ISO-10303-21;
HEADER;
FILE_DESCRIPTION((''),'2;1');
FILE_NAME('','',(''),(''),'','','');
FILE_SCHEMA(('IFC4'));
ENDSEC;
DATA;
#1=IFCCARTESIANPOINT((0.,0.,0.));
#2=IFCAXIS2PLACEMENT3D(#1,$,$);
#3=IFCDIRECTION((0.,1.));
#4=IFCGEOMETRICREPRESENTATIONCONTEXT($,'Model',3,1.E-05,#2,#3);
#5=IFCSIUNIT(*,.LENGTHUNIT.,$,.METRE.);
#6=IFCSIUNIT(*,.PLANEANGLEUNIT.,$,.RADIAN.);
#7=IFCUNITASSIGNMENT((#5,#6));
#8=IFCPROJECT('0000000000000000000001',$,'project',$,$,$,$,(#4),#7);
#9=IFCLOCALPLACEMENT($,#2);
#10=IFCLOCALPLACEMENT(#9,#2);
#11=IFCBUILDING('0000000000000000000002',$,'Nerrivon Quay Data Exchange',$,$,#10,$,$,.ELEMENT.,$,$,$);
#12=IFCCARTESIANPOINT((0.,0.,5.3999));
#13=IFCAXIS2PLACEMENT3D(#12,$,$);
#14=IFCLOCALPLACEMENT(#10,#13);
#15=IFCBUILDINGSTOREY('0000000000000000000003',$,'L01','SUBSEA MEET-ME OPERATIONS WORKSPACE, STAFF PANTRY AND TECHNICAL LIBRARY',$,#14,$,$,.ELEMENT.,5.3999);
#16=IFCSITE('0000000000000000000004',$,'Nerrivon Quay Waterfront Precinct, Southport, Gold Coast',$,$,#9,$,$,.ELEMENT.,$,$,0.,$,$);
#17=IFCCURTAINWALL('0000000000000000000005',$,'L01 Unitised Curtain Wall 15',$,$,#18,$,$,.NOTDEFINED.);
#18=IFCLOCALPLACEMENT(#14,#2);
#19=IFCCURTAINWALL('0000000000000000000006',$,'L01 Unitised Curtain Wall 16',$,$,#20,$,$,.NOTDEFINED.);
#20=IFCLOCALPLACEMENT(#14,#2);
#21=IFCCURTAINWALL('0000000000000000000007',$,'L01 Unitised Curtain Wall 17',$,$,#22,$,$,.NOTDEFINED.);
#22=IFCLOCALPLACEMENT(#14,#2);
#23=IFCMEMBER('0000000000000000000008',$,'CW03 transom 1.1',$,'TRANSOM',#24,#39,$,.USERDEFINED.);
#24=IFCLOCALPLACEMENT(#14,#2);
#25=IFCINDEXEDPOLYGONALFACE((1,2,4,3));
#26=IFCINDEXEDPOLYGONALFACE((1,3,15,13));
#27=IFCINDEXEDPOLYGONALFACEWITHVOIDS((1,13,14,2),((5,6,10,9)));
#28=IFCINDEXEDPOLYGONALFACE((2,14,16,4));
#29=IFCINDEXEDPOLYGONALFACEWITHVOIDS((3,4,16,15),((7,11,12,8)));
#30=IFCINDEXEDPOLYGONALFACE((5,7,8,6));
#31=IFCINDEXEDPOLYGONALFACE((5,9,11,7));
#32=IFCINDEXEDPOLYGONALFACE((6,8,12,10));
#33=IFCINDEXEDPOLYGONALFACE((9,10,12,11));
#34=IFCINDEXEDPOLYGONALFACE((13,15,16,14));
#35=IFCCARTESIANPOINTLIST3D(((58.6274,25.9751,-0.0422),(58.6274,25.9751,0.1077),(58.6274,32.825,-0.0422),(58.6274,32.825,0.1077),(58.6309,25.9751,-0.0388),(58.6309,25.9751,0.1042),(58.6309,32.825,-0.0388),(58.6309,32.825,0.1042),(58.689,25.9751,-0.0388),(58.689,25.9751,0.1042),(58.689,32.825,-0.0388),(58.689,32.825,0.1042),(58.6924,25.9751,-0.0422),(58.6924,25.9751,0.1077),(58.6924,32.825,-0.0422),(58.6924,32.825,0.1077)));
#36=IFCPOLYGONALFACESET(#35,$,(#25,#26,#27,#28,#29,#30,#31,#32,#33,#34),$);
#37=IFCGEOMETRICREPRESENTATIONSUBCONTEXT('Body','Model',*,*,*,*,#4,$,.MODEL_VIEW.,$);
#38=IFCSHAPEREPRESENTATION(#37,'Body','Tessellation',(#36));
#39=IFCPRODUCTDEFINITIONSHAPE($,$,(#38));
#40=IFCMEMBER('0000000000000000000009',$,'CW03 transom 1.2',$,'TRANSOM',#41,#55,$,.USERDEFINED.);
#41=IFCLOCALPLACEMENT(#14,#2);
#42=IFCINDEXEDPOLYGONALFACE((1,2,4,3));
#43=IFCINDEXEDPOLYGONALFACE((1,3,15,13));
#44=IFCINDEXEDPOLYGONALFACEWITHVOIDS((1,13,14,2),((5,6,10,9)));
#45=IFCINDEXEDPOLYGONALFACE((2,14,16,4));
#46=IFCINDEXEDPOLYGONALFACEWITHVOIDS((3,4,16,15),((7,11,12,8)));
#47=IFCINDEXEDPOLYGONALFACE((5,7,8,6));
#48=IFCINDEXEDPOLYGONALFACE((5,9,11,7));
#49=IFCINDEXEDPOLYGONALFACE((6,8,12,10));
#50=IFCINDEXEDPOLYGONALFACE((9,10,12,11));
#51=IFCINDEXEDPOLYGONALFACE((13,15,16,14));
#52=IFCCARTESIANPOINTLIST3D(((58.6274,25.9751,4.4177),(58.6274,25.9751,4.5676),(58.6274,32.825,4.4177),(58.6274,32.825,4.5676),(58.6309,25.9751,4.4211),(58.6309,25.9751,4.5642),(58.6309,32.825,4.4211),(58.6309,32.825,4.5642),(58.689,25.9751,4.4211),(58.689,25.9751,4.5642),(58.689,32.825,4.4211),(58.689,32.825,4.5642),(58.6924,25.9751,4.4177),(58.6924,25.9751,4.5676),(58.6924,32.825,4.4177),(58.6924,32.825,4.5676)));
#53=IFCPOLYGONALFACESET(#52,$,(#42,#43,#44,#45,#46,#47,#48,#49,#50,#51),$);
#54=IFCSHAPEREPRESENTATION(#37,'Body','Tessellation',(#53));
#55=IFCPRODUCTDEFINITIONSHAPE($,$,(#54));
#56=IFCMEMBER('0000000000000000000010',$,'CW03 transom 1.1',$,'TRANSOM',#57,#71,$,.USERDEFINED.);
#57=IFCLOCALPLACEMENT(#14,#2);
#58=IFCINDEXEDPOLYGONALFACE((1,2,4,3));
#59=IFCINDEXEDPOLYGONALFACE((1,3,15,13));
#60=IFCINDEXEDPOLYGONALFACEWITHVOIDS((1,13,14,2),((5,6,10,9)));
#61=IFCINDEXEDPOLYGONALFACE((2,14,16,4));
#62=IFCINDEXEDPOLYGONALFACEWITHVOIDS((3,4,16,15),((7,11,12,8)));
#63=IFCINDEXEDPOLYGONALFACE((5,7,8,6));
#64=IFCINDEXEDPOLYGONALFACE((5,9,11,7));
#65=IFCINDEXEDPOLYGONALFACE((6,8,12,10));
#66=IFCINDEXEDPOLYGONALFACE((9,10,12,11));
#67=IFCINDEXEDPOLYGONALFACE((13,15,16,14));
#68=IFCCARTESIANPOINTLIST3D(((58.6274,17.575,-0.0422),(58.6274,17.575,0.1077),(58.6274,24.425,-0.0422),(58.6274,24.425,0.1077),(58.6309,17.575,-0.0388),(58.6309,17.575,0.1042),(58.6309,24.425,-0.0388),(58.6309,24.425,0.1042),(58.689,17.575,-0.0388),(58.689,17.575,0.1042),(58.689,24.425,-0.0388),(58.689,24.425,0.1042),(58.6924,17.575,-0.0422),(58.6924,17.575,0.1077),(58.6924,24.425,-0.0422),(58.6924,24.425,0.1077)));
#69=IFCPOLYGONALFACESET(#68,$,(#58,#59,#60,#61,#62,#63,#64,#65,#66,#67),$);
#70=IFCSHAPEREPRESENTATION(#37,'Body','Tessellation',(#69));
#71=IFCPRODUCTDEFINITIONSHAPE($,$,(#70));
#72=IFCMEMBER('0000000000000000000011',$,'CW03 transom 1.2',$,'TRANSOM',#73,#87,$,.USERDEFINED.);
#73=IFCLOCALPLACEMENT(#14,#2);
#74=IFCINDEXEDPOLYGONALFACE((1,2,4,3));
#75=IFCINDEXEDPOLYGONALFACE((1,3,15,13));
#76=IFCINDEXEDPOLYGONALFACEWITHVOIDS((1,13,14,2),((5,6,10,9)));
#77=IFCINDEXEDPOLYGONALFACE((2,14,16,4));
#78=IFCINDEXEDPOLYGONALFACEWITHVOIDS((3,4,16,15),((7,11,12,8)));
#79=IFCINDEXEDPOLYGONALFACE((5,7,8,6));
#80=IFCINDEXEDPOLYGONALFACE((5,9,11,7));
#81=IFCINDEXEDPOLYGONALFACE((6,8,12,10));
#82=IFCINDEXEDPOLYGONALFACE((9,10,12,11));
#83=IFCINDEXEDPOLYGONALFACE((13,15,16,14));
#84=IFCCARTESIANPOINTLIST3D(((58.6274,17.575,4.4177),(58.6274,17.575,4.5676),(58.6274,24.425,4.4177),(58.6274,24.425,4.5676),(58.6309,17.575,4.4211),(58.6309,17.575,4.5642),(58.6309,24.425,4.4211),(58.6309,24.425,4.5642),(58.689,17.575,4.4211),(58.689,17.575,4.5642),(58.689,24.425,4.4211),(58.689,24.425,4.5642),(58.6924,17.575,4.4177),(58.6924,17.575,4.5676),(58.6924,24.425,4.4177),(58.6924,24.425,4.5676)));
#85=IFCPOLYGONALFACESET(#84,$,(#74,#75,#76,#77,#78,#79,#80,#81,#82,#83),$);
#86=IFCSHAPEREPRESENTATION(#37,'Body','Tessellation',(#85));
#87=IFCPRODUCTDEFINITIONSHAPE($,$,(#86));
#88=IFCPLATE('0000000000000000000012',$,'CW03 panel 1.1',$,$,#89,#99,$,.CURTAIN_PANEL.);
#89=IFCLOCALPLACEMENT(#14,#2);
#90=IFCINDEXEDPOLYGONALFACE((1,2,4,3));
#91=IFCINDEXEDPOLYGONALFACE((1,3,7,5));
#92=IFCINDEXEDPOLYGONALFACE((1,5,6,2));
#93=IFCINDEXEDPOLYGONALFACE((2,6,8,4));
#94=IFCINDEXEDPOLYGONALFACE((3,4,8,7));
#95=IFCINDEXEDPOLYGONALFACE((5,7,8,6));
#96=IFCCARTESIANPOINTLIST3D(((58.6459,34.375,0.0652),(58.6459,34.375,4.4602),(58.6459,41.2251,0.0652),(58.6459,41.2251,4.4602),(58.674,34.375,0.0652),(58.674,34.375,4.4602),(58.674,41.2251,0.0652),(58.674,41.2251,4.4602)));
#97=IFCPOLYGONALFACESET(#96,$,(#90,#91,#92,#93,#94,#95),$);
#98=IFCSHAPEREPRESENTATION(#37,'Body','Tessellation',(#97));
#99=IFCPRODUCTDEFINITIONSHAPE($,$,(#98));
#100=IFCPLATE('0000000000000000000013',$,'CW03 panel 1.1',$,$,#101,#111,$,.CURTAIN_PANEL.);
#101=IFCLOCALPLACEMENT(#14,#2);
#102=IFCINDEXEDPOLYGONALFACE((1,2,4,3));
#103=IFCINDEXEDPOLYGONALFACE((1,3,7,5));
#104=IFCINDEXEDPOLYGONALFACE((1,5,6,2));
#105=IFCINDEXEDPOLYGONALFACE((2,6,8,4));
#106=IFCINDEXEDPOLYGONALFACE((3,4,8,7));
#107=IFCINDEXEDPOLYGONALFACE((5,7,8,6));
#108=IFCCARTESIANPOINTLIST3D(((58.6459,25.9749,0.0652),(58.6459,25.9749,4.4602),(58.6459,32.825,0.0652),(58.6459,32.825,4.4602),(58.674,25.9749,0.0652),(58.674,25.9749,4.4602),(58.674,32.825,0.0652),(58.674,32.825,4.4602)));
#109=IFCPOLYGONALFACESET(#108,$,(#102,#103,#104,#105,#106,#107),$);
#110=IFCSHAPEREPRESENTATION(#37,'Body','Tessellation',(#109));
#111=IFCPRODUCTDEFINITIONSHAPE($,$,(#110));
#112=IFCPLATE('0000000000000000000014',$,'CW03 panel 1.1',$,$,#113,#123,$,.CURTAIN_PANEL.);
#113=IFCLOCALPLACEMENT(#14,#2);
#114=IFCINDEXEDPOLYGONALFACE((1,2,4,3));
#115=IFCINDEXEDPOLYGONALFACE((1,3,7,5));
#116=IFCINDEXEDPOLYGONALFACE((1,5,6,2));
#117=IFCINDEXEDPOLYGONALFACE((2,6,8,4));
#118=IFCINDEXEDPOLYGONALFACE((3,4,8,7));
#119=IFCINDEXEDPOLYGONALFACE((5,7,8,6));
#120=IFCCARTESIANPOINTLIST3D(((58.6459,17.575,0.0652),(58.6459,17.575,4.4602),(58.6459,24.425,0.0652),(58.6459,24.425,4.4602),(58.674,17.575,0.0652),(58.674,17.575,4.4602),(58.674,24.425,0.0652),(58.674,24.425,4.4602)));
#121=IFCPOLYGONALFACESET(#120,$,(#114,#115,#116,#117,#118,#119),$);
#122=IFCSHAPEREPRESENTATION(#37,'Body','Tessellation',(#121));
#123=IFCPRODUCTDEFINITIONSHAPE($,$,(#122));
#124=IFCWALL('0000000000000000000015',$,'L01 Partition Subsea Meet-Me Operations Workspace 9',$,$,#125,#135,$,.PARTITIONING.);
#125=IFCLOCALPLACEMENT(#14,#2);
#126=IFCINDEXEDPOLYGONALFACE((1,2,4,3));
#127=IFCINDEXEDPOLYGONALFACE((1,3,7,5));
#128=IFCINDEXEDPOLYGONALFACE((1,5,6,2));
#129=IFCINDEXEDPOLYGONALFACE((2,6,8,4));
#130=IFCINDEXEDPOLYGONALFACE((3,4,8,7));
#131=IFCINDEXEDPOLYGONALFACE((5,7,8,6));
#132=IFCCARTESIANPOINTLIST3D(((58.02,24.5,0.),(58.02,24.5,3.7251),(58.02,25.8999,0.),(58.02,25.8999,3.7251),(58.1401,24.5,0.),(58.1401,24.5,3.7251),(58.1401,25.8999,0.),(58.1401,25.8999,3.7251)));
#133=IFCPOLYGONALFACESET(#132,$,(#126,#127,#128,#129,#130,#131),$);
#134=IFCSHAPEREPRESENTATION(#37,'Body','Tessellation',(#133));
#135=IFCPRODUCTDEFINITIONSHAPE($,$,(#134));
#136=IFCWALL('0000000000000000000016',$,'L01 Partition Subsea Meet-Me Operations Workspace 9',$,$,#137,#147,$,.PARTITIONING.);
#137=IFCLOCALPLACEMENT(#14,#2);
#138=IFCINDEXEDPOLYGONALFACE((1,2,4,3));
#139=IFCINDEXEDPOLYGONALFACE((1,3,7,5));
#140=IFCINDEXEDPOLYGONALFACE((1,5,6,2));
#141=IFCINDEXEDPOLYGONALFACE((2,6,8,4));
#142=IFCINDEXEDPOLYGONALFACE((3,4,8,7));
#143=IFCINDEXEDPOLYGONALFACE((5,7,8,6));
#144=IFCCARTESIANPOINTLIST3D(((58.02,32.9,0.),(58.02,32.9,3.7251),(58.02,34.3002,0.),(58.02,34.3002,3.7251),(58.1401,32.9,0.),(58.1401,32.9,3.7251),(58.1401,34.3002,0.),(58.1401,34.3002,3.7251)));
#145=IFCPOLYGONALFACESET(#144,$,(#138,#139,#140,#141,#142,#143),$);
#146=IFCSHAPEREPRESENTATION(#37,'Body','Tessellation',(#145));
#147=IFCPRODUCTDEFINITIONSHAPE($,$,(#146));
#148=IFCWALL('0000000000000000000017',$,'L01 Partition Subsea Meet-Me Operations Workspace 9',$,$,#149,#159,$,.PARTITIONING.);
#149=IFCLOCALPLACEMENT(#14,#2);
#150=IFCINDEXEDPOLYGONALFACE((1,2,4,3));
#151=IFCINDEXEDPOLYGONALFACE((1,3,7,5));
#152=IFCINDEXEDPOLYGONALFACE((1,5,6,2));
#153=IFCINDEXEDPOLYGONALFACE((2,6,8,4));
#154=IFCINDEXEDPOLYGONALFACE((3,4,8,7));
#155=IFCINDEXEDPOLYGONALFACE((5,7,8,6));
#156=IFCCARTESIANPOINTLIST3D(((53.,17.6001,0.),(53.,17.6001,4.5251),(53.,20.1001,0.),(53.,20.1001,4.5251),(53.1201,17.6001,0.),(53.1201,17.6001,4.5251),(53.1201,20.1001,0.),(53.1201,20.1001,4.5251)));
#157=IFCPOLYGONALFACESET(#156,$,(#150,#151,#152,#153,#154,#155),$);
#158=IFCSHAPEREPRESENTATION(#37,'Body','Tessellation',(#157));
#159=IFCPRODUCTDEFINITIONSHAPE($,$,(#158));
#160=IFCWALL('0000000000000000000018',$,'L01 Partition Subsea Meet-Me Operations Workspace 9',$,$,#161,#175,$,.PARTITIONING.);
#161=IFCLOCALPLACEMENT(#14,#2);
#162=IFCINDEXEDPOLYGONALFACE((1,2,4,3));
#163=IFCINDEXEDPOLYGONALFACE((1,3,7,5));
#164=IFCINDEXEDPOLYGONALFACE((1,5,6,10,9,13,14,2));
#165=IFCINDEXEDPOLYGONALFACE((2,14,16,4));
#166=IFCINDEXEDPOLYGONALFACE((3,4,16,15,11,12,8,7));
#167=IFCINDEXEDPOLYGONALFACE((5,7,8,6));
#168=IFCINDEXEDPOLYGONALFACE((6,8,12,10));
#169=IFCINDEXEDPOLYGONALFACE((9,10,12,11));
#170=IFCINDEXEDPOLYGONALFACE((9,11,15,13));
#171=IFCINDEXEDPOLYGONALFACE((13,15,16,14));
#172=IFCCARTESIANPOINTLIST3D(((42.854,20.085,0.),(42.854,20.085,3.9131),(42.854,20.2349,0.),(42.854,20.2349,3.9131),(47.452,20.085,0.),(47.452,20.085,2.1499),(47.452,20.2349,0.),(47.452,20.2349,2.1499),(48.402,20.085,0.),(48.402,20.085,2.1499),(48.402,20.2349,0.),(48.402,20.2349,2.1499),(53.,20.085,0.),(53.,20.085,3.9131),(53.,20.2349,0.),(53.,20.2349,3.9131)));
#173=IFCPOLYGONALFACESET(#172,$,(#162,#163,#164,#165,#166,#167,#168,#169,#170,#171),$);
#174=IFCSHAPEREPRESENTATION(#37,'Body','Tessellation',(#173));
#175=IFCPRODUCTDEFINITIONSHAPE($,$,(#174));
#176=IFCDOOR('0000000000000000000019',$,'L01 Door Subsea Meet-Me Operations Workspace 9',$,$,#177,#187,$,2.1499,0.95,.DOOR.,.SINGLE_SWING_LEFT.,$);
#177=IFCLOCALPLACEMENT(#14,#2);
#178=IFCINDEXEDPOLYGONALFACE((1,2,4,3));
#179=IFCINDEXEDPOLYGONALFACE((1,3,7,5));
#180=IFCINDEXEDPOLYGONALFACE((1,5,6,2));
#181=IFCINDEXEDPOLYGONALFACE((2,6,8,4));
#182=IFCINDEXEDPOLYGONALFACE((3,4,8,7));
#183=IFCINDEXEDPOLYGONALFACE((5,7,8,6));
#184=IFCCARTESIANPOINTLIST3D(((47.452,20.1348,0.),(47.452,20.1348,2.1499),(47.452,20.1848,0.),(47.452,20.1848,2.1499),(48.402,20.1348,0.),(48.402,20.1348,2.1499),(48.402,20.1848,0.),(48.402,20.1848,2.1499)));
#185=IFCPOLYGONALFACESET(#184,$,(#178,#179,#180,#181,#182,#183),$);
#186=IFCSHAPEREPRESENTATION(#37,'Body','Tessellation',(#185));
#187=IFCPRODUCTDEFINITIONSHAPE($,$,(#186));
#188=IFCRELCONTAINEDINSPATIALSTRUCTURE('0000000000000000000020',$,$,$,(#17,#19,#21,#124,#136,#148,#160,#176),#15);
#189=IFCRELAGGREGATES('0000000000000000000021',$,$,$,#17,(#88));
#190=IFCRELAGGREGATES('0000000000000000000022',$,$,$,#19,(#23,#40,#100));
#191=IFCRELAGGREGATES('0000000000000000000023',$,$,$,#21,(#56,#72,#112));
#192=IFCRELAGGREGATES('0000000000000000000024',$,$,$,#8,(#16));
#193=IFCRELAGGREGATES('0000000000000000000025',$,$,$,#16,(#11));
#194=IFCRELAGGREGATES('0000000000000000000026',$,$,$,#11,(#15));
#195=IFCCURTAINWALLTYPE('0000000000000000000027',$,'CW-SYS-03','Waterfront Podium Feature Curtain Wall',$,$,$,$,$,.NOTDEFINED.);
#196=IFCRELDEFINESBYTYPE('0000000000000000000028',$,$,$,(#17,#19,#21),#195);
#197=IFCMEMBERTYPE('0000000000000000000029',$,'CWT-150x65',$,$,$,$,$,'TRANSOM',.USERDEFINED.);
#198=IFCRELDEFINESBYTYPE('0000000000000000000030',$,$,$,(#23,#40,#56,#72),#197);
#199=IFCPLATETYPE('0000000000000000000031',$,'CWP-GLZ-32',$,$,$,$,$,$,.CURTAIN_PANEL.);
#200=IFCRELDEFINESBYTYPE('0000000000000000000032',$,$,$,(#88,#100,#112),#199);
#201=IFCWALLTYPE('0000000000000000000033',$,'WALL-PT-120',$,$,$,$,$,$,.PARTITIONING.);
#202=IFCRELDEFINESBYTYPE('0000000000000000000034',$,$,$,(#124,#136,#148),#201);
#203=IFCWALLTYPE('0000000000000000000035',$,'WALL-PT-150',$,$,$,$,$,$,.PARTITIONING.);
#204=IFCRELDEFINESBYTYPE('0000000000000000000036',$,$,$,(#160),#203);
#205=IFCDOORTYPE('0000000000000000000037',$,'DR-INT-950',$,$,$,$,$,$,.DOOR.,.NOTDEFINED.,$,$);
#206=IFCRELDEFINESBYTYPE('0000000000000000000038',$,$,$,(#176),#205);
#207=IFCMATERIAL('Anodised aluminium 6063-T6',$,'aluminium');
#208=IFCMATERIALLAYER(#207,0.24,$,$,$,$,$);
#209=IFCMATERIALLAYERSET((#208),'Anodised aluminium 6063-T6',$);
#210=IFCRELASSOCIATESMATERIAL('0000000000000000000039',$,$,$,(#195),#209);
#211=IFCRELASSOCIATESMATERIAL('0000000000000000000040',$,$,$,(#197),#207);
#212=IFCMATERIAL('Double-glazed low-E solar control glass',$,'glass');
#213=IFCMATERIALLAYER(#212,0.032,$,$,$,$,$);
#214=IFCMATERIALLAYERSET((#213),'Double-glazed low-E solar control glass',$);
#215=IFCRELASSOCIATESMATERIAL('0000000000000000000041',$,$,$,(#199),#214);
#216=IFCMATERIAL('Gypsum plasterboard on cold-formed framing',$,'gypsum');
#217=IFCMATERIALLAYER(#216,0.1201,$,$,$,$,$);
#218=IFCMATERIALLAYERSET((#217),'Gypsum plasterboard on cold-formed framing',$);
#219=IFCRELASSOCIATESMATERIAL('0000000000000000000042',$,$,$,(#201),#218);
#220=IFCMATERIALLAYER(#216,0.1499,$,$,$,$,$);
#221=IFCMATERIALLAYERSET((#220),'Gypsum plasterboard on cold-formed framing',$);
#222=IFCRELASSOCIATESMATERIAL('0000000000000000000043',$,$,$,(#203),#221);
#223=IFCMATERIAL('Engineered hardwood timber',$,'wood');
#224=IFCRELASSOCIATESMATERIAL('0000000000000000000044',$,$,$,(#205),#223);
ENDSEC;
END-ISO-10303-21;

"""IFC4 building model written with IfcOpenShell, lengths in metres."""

from ifc_helpers import new_model, si_unit, direction, frame, frame_2d, origin, origin_2d, place, context, subcontext, project, spatial, rectangle, hollow_rectangle, extrude, material, layer, layer_set, material_profile, profile_set, type_object, element, fill, aggregate, save


model = new_model("IFC4")

# Units and contexts
model_context = context("Model", 3, precision=1e-05, world=origin(), true_north=direction((0.0, 1.0)))
body_context = subcontext(model_context, "Body", "Model", "MODEL_VIEW")
ifc_project = project(units=[si_unit("LENGTHUNIT", "METRE"), si_unit("PLANEANGLEUNIT", "RADIAN")], contexts=[model_context])

# Site, building, storey
site_placement = place(None, origin())
site = spatial("IfcSite", under=ifc_project, at=site_placement, Name="Nerrivon Quay Waterfront Precinct, Southport, Gold Coast", CompositionType="ELEMENT", RefElevation=0.0)
building_placement = place(site_placement, origin())
building = spatial("IfcBuilding", under=site, at=building_placement, Name="Nerrivon Quay Data Exchange", CompositionType="ELEMENT")
storey_placement = place(building_placement, frame((0.0, 0.0, 5.3999)))
storey = spatial("IfcBuildingStorey", under=building, at=storey_placement, Name="L01", Description="SUBSEA MEET-ME OPERATIONS WORKSPACE, STAFF PANTRY AND TECHNICAL LIBRARY", CompositionType="ELEMENT", Elevation=5.3999)

# Curtain wall
ifc_material_1 = material(Name="Anodised aluminium 6063-T6", Category="aluminium")
ifc_layer_1 = layer(ifc_material_1, 0.24)
ifc_layer_set_1 = layer_set([ifc_layer_1], Name="Anodised aluminium 6063-T6")
curtain_wall_type = type_object("IfcCurtainWallType", Name="CW-SYS-03", Description="Waterfront Podium Feature Curtain Wall", PredefinedType="NOTDEFINED", material=ifc_layer_set_1)
curtain_wall_1_placement = place(storey_placement, origin())
curtain_wall_1 = element("IfcCurtainWall", 1, at=curtain_wall_1_placement, inside=storey, type_object=curtain_wall_type, Name="L01 Unitised Curtain Wall 15", PredefinedType="NOTDEFINED")

# Curtain wall
curtain_wall_2_placement = place(storey_placement, origin())
curtain_wall_2 = element("IfcCurtainWall", 2, at=curtain_wall_2_placement, inside=storey, type_object=curtain_wall_type, Name="L01 Unitised Curtain Wall 16", PredefinedType="NOTDEFINED")

# Curtain wall
curtain_wall_3_placement = place(storey_placement, origin())
curtain_wall_3 = element("IfcCurtainWall", 3, at=curtain_wall_3_placement, inside=storey, type_object=curtain_wall_type, Name="L01 Unitised Curtain Wall 17", PredefinedType="NOTDEFINED")

# Members
ifc_material_profile_1 = material_profile(ifc_material_1, hollow_rectangle(XDim=0.0649, YDim=0.1499, WallThickness=0.0034, at=origin_2d()), Name="ALU-TRAN-150x65")
ifc_profile_set_1 = profile_set([ifc_material_profile_1], Name="Anodised aluminium 6063-T6")
member_type_1 = type_object("IfcMemberType", Name="CWT-150x65", ElementType="TRANSOM", PredefinedType="USERDEFINED", material=ifc_profile_set_1)
member_1_placement = place(storey_placement, frame((58.6599, 32.825, 0.0327), z_axis=(0.0, -1.0, 0.0), x_axis=(1.0, 0.0, 0.0)))
member_1 = element("IfcMember", 4, at=member_1_placement, type_object=member_type_1, Name="CW03 transom 1.1", ObjectType="TRANSOM", PredefinedType="USERDEFINED", context=body_context, shape_type="SweptSolid", body=[
    extrude(hollow_rectangle(XDim=0.0649, YDim=0.1499, WallThickness=0.0034, at=origin_2d()), origin(), (0.0, 0.0, 1.0), 6.8499),
])
member_2_placement = place(storey_placement, frame((58.6599, 32.825, 4.4927), z_axis=(0.0, -1.0, 0.0), x_axis=(1.0, 0.0, 0.0)))
member_2 = element("IfcMember", 5, at=member_2_placement, type_object=member_type_1, Name="CW03 transom 1.2", ObjectType="TRANSOM", PredefinedType="USERDEFINED", context=body_context, shape_type="SweptSolid", body=[
    extrude(hollow_rectangle(XDim=0.0649, YDim=0.1499, WallThickness=0.0034, at=origin_2d()), origin(), (0.0, 0.0, 1.0), 6.8499),
])
member_3_placement = place(storey_placement, frame((58.6599, 24.425, 0.0327), z_axis=(0.0, -1.0, 0.0), x_axis=(1.0, 0.0, 0.0)))
member_3 = element("IfcMember", 6, at=member_3_placement, type_object=member_type_1, Name="CW03 transom 1.1", ObjectType="TRANSOM", PredefinedType="USERDEFINED", context=body_context, shape_type="SweptSolid", body=[
    extrude(hollow_rectangle(XDim=0.0649, YDim=0.1499, WallThickness=0.0034, at=origin_2d()), origin(), (0.0, 0.0, 1.0), 6.8501),
])
member_4_placement = place(storey_placement, frame((58.6599, 24.425, 4.4927), z_axis=(0.0, -1.0, 0.0), x_axis=(1.0, 0.0, 0.0)))
member_4 = element("IfcMember", 7, at=member_4_placement, type_object=member_type_1, Name="CW03 transom 1.2", ObjectType="TRANSOM", PredefinedType="USERDEFINED", context=body_context, shape_type="SweptSolid", body=[
    extrude(hollow_rectangle(XDim=0.0649, YDim=0.1499, WallThickness=0.0034, at=origin_2d()), origin(), (0.0, 0.0, 1.0), 6.8501),
])

# Plates
ifc_material_2 = material(Name="Double-glazed low-E solar control glass", Category="glass")
ifc_layer_2 = layer(ifc_material_2, 0.032)
ifc_layer_set_2 = layer_set([ifc_layer_2], Name="Double-glazed low-E solar control glass")
plate_type = type_object("IfcPlateType", Name="CWP-GLZ-32", PredefinedType="CURTAIN_PANEL", material=ifc_layer_set_2)
plate_1_placement = place(storey_placement, frame((58.6599, 37.8, 0.0652), z_axis=(0.0, 0.0, 1.0), x_axis=(0.0, -1.0, 0.0)))
plate_1 = element("IfcPlate", 8, at=plate_1_placement, type_object=plate_type, Name="CW03 panel 1.1", PredefinedType="CURTAIN_PANEL", context=body_context, shape_type="SweptSolid", body=[
    extrude(rectangle(XDim=6.8501, YDim=0.0281, at=origin_2d()), origin(), (0.0, 0.0, 1.0), 4.395),
])
aggregate(curtain_wall_1, [plate_1])
plate_2_placement = place(storey_placement, frame((58.6599, 29.3999, 0.0652), z_axis=(0.0, 0.0, 1.0), x_axis=(0.0, -1.0, 0.0)))
plate_2 = element("IfcPlate", 9, at=plate_2_placement, type_object=plate_type, Name="CW03 panel 1.1", PredefinedType="CURTAIN_PANEL", context=body_context, shape_type="SweptSolid", body=[
    extrude(rectangle(XDim=6.8501, YDim=0.0281, at=origin_2d()), origin(), (0.0, 0.0, 1.0), 4.395),
])
aggregate(curtain_wall_2, [member_1, member_2, plate_2])
plate_3_placement = place(storey_placement, frame((58.6599, 21.0, 0.0652), z_axis=(0.0, 0.0, 1.0), x_axis=(0.0, -1.0, 0.0)))
plate_3 = element("IfcPlate", 10, at=plate_3_placement, type_object=plate_type, Name="CW03 panel 1.1", PredefinedType="CURTAIN_PANEL", context=body_context, shape_type="SweptSolid", body=[
    extrude(rectangle(XDim=6.8501, YDim=0.0281, at=origin_2d()), origin(), (0.0, 0.0, 1.0), 4.395),
])
aggregate(curtain_wall_3, [member_3, member_4, plate_3])

# Walls
ifc_material_3 = material(Name="Gypsum plasterboard on cold-formed framing", Category="gypsum")
ifc_layer_3 = layer(ifc_material_3, 0.1201)
ifc_layer_set_3 = layer_set([ifc_layer_3], Name="Gypsum plasterboard on cold-formed framing")
wall_type_1 = type_object("IfcWallType", Name="WALL-PT-120", PredefinedType="PARTITIONING", material=ifc_layer_set_3)
wall_1_placement = place(storey_placement, frame((58.0801, 24.5, 0.0), z_axis=(0.0, 0.0, 1.0), x_axis=(0.0, 1.0, 0.0)))
element("IfcWall", 11, at=wall_1_placement, inside=storey, type_object=wall_type_1, Name="L01 Partition Subsea Meet-Me Operations Workspace 9", PredefinedType="PARTITIONING", context=body_context, shape_type="SweptSolid", body=[
    extrude(rectangle(XDim=1.3999, YDim=0.1201, at=frame_2d((0.7, 0.0))), origin(), (0.0, 0.0, 1.0), 3.7251),
])
wall_2_placement = place(storey_placement, frame((58.0801, 32.8999, 0.0), z_axis=(0.0, 0.0, 1.0), x_axis=(0.0, 1.0, 0.0)))
element("IfcWall", 12, at=wall_2_placement, inside=storey, type_object=wall_type_1, Name="L01 Partition Subsea Meet-Me Operations Workspace 9", PredefinedType="PARTITIONING", context=body_context, shape_type="SweptSolid", body=[
    extrude(rectangle(XDim=1.4001, YDim=0.1201, at=frame_2d((0.7002, 0.0))), origin(), (0.0, 0.0, 1.0), 3.7251),
])
wall_3_placement = place(storey_placement, frame((53.0601, 20.1001, 0.0), z_axis=(0.0, 0.0, 1.0), x_axis=(0.0, -1.0, 0.0)))
element("IfcWall", 13, at=wall_3_placement, inside=storey, type_object=wall_type_1, Name="L01 Partition Subsea Meet-Me Operations Workspace 9", PredefinedType="PARTITIONING", context=body_context, shape_type="SweptSolid", body=[
    extrude(rectangle(XDim=2.5, YDim=0.1201, at=frame_2d((1.25, 0.0))), origin(), (0.0, 0.0, 1.0), 4.5251),
])

# Wall, opening, door
ifc_layer_4 = layer(ifc_material_3, 0.1499)
ifc_layer_set_4 = layer_set([ifc_layer_4], Name="Gypsum plasterboard on cold-formed framing")
wall_type_2 = type_object("IfcWallType", Name="WALL-PT-150", PredefinedType="PARTITIONING", material=ifc_layer_set_4)
wall_4_placement = place(storey_placement, frame((42.854, 20.1599, 0.0), z_axis=(0.0, 0.0, 1.0), x_axis=(1.0, 0.0, 0.0)))
wall_4 = element("IfcWall", 14, at=wall_4_placement, inside=storey, type_object=wall_type_2, Name="L01 Partition Subsea Meet-Me Operations Workspace 9", PredefinedType="PARTITIONING", context=body_context, shape_type="SweptSolid", body=[
    extrude(rectangle(XDim=10.146, YDim=0.1499, at=frame_2d((5.073, 0.0))), origin(), (0.0, 0.0, 1.0), 3.9131),
])
opening_placement = place(wall_4_placement, frame((4.5979, 0.0, 0.0)))
opening = element("IfcOpeningElement", 15, at=opening_placement, cuts=wall_4, PredefinedType="OPENING", context=body_context, shape_type="SweptSolid", body=[
    extrude(rectangle(XDim=0.95, YDim=2.1499, at=frame_2d((0.4751, 1.075))), frame((0.0, 0.085, 0.0), z_axis=(0.0, -1.0, 0.0), x_axis=(1.0, 0.0, 0.0)), (0.0, 0.0, 1.0), 0.1699),
])
ifc_material_4 = material(Name="Engineered hardwood timber", Category="wood")
door_type = type_object("IfcDoorType", Name="DR-INT-950", OperationType="NOTDEFINED", PredefinedType="DOOR", material=ifc_material_4)
door_placement = place(opening_placement, origin())
door = element("IfcDoor", 16, at=door_placement, inside=storey, type_object=door_type, Name="L01 Door Subsea Meet-Me Operations Workspace 9", OperationType="SINGLE_SWING_LEFT", OverallHeight=2.1499, OverallWidth=0.95, PredefinedType="DOOR", context=body_context, shape_type="SweptSolid", body=[
    extrude(rectangle(XDim=0.95, YDim=2.1499, at=frame_2d((0.4751, 1.075))), frame((0.0, 0.0249, 0.0), z_axis=(0.0, -1.0, 0.0), x_axis=(1.0, 0.0, 0.0)), (0.0, 0.0, 1.0), 0.05),
])
fill(opening, door)

save(model, "model.ifc")
